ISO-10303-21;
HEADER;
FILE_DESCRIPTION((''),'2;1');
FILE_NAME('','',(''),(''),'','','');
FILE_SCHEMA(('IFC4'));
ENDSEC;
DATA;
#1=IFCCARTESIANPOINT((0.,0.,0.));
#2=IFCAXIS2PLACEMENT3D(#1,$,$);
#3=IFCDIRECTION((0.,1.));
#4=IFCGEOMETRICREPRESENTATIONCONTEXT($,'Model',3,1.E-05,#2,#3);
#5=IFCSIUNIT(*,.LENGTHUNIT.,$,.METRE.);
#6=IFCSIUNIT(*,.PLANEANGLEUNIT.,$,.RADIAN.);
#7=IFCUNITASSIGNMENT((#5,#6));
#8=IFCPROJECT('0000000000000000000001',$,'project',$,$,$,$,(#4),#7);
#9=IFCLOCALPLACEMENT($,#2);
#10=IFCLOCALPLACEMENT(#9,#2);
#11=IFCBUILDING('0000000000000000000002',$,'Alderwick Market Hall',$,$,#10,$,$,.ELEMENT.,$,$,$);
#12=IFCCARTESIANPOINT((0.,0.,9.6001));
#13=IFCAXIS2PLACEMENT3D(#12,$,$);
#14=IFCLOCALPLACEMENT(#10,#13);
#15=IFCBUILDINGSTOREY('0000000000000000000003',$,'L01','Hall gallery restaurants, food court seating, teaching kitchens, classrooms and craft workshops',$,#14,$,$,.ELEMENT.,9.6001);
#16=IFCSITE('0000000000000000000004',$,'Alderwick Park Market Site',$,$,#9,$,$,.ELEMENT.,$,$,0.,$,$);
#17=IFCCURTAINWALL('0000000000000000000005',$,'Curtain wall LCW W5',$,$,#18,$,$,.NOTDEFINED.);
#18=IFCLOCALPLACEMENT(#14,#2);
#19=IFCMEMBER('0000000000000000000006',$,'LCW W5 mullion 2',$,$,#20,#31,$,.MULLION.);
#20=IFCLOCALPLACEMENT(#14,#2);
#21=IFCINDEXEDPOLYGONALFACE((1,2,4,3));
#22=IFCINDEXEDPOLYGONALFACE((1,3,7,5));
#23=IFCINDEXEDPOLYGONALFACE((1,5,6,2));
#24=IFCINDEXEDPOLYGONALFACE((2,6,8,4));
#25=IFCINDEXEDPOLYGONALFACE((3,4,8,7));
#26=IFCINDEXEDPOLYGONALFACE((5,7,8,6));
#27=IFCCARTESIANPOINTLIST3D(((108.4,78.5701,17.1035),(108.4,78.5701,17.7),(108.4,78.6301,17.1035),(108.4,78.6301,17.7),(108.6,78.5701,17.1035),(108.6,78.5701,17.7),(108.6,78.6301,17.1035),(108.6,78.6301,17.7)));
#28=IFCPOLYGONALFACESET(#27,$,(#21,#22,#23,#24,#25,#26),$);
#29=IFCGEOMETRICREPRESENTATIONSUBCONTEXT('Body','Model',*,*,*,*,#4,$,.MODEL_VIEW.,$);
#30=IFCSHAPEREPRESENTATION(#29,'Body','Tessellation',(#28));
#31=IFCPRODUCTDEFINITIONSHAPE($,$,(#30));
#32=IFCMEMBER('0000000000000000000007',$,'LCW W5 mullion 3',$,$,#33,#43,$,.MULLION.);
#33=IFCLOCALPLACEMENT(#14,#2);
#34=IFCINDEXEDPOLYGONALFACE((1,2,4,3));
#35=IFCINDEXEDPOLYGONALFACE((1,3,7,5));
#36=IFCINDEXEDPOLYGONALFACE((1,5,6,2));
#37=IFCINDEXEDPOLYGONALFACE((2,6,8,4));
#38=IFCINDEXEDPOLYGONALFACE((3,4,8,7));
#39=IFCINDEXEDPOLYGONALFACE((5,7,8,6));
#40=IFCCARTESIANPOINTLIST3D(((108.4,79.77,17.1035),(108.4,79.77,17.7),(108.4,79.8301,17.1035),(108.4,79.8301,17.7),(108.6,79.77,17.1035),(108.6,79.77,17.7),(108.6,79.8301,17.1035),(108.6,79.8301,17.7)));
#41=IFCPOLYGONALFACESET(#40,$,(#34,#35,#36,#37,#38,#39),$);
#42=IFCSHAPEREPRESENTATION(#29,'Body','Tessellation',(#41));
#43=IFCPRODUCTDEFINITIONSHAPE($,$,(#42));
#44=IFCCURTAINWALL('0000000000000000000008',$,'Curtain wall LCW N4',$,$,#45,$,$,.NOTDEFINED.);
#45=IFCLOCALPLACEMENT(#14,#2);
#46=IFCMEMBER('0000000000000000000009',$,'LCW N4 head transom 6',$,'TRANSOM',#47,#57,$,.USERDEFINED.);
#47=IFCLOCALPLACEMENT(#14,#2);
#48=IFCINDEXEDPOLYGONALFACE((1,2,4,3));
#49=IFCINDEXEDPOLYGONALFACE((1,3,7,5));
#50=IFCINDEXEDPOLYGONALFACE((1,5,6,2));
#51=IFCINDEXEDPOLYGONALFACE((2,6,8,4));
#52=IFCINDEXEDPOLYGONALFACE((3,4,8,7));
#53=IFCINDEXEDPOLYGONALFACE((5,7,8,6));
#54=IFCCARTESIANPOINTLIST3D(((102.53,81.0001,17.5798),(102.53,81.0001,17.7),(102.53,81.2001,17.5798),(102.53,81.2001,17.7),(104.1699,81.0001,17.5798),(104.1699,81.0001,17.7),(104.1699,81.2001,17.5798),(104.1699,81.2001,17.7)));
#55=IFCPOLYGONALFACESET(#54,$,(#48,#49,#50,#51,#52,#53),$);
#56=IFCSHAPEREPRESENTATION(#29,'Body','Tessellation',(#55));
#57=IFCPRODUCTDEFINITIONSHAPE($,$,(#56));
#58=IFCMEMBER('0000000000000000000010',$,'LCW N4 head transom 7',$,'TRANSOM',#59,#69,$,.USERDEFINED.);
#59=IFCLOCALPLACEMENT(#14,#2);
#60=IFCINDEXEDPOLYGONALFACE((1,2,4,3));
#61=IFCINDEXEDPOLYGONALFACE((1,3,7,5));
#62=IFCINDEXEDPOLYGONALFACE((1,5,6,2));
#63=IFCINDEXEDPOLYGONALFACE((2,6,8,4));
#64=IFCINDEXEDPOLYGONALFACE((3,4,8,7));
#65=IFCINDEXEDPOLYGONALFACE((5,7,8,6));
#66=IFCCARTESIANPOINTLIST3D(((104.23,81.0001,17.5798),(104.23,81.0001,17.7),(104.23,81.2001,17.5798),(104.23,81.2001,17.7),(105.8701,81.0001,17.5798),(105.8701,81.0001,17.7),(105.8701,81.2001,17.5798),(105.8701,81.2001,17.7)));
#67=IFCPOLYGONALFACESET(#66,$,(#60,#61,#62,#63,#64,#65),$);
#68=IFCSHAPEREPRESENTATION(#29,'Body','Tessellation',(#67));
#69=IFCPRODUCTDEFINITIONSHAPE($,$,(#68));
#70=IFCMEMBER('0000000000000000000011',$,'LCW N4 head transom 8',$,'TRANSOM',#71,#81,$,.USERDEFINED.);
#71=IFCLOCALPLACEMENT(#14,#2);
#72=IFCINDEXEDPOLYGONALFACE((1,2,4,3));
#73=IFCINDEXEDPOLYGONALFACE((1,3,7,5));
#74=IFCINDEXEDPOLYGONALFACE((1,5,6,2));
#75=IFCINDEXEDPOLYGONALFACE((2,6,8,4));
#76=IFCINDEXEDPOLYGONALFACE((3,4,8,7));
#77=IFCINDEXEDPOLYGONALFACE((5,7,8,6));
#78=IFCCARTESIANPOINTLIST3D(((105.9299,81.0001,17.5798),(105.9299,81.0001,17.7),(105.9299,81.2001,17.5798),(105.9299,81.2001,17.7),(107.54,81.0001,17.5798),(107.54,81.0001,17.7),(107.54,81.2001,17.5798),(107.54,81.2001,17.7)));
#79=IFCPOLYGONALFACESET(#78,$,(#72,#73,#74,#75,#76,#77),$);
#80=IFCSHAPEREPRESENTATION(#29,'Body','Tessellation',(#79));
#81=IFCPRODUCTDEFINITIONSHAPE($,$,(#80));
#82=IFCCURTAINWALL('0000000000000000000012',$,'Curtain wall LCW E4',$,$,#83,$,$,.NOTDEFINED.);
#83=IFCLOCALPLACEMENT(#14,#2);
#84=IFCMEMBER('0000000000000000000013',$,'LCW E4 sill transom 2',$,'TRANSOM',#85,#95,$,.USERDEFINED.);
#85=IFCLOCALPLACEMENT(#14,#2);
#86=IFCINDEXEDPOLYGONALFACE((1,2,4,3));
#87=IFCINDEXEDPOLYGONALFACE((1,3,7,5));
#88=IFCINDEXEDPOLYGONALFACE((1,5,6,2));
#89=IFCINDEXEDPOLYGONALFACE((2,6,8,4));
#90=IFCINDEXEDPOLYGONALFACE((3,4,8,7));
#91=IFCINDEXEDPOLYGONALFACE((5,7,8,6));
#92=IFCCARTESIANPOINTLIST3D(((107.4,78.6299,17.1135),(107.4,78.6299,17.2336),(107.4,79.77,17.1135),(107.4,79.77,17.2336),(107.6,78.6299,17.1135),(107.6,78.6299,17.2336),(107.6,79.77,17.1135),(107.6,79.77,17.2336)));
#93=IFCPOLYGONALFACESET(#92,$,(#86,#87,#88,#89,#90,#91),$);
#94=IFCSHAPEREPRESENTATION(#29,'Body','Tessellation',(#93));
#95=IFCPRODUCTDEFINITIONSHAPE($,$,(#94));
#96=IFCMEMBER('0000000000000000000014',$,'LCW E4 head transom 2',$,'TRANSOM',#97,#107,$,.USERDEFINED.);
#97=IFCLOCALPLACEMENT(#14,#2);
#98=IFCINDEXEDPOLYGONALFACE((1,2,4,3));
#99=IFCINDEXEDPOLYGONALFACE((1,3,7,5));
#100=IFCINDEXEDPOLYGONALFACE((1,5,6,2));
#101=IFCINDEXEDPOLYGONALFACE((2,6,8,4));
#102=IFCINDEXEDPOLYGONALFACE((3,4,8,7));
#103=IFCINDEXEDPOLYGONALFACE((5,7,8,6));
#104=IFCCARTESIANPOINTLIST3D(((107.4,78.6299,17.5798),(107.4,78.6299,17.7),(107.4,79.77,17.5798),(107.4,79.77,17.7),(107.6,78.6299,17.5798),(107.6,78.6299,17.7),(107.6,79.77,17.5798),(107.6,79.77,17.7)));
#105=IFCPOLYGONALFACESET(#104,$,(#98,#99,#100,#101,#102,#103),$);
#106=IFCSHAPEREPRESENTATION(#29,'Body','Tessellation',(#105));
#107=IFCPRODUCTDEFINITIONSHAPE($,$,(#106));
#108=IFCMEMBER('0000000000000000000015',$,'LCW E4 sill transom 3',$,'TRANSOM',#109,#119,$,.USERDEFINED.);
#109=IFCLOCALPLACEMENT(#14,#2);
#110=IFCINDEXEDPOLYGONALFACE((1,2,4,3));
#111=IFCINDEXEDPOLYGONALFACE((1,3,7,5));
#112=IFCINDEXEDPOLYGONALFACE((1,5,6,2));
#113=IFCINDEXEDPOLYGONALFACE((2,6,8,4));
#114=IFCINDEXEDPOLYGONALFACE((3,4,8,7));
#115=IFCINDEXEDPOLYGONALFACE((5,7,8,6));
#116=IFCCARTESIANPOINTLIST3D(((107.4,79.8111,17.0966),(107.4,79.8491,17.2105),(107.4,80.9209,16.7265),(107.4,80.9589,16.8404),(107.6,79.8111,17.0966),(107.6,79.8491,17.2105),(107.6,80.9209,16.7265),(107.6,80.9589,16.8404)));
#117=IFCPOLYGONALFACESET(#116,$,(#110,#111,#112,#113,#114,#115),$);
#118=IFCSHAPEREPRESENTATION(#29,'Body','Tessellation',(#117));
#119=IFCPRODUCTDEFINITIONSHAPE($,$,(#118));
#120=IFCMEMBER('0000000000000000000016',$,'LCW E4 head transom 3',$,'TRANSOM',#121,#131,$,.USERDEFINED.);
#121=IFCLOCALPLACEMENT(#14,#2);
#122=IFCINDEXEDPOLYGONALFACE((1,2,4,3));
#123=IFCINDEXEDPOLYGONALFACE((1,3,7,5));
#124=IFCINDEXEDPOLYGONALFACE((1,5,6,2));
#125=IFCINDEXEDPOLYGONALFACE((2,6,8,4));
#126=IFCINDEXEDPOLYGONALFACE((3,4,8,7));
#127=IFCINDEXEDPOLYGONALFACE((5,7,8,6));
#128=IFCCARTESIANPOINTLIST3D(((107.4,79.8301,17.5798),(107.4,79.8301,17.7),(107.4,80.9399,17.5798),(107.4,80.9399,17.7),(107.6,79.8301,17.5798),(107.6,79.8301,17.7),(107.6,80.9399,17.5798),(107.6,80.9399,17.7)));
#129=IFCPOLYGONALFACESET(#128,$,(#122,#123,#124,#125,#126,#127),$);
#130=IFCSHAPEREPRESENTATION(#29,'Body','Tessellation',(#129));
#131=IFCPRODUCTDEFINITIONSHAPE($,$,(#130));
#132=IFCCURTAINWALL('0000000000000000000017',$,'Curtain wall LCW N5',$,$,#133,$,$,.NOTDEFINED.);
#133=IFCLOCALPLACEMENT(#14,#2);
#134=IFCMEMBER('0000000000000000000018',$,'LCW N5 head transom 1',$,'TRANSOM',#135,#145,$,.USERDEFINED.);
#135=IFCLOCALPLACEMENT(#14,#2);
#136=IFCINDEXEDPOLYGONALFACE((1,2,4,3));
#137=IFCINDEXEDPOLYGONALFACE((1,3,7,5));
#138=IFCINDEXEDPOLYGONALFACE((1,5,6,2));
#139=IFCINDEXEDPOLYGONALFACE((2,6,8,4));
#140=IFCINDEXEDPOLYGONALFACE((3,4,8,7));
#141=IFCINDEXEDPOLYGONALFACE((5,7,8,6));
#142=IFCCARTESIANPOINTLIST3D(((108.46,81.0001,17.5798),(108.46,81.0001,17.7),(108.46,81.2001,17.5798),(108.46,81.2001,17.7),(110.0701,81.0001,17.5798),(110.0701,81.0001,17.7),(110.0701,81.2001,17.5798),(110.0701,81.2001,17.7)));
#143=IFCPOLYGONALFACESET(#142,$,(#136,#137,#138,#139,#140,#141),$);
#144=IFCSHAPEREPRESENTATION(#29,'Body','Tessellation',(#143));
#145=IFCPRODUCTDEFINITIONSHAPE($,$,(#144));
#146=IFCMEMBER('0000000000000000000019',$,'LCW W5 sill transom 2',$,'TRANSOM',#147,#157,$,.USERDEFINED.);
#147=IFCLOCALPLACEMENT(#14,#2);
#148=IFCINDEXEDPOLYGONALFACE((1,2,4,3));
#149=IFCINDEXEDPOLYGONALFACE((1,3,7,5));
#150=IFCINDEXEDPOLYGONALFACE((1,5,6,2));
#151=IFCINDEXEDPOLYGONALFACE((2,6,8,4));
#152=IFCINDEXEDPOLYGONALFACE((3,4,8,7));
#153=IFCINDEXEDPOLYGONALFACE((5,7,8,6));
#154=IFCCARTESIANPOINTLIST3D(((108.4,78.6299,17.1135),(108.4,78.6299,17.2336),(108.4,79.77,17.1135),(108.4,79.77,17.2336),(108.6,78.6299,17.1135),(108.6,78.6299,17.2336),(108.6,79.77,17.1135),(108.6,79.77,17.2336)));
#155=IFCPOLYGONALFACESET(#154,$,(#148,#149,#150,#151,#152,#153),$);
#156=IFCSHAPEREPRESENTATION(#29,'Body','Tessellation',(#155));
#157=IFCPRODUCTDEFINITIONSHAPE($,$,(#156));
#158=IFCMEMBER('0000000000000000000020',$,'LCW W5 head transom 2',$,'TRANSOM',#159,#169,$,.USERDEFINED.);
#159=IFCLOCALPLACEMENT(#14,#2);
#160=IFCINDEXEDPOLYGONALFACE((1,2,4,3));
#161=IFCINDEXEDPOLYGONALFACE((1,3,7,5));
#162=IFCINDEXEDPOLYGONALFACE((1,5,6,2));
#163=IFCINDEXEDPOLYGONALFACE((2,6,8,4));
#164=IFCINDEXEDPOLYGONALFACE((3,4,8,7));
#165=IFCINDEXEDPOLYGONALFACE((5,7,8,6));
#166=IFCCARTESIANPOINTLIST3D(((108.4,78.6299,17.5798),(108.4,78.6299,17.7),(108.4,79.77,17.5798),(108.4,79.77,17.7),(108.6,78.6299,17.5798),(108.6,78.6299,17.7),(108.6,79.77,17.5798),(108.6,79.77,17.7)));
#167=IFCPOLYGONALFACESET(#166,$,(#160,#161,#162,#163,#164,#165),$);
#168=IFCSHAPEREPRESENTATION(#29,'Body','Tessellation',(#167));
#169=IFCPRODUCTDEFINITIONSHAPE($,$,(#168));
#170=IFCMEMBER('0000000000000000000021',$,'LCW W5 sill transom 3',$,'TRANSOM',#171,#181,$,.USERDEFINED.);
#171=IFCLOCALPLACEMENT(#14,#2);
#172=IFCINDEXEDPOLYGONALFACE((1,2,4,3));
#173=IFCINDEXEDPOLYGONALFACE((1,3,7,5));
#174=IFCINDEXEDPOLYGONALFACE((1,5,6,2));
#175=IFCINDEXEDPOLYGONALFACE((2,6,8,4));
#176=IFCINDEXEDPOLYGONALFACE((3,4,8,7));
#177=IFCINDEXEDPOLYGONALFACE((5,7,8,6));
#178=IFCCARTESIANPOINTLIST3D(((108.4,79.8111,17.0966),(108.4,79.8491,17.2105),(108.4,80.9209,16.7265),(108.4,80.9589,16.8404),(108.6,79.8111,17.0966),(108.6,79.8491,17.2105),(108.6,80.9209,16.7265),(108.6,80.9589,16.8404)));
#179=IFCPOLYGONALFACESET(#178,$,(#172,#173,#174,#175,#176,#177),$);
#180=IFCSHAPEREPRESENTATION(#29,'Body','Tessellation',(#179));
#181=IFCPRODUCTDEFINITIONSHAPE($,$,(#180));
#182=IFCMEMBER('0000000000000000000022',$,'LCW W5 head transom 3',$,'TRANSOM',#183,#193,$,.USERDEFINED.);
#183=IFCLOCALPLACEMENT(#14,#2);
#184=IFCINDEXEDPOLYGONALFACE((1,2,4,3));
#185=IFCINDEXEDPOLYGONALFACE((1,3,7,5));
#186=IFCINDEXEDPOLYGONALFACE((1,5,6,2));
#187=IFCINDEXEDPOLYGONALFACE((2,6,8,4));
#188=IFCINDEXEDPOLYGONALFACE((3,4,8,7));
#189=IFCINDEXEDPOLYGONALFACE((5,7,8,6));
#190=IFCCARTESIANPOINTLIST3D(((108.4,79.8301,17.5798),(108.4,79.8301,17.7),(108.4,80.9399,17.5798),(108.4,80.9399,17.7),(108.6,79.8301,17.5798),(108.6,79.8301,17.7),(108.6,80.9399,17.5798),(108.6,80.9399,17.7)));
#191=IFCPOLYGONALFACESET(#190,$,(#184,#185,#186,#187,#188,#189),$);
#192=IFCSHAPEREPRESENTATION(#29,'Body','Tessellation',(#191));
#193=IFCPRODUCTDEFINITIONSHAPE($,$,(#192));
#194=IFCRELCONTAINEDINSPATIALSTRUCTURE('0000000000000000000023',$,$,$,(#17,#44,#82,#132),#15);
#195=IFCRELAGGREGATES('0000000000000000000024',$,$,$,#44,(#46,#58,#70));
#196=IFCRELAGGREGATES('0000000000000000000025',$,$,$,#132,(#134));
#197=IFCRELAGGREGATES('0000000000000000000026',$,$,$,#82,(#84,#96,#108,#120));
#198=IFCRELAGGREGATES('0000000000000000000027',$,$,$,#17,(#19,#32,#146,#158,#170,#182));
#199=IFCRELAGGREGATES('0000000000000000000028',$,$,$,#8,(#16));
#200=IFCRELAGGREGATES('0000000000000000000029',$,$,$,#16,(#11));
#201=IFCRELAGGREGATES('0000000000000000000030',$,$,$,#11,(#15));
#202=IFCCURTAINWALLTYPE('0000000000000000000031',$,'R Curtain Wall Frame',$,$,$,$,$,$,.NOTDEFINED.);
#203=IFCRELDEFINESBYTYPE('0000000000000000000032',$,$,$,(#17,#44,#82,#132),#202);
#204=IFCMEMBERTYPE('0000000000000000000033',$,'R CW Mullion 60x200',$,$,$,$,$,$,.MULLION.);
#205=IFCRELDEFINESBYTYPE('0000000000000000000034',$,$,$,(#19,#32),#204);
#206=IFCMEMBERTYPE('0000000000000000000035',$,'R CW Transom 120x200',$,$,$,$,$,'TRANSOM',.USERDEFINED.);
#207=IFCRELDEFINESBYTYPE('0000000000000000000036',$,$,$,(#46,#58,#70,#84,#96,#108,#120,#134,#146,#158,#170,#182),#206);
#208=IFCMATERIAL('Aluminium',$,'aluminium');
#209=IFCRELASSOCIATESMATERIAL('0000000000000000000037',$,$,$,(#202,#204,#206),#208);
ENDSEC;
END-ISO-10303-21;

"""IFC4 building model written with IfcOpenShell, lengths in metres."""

from ifc_helpers import new_model, si_unit, direction, frame, origin, origin_2d, place, context, subcontext, project, spatial, rectangle, extrude, material, material_profile, profile_set, type_object, element, aggregate, save


model = new_model("IFC4")

# Units and contexts
model_context = context("Model", 3, precision=1e-05, world=origin(), true_north=direction((0.0, 1.0)))
body_context = subcontext(model_context, "Body", "Model", "MODEL_VIEW")
ifc_project = project(units=[si_unit("LENGTHUNIT", "METRE"), si_unit("PLANEANGLEUNIT", "RADIAN")], contexts=[model_context])

# Site, building, storey
site_placement = place(None, origin())
site = spatial("IfcSite", under=ifc_project, at=site_placement, Name="Alderwick Park Market Site", CompositionType="ELEMENT", RefElevation=0.0)
building_placement = place(site_placement, origin())
building = spatial("IfcBuilding", under=site, at=building_placement, Name="Alderwick Market Hall", CompositionType="ELEMENT")
storey_placement = place(building_placement, frame((0.0, 0.0, 9.6001)))
storey = spatial("IfcBuildingStorey", under=building, at=storey_placement, Name="L01", Description="Hall gallery restaurants, food court seating, teaching kitchens, classrooms and craft workshops", CompositionType="ELEMENT", Elevation=9.6001)

# Curtain walls, members
ifc_material_1 = material(Name="Aluminium", Category="aluminium")
curtain_wall_type = type_object("IfcCurtainWallType", Name="R Curtain Wall Frame", PredefinedType="NOTDEFINED", material=ifc_material_1)
curtain_wall_1_placement = place(storey_placement, origin())
curtain_wall_1 = element("IfcCurtainWall", 1, at=curtain_wall_1_placement, inside=storey, type_object=curtain_wall_type, Name="Curtain wall LCW W5", PredefinedType="NOTDEFINED")
ifc_material_profile_1 = material_profile(ifc_material_1, rectangle(XDim=0.2, YDim=0.0601, at=origin_2d()), Name="AL 60x200")
ifc_profile_set_1 = profile_set([ifc_material_profile_1], Name="Aluminium")
member_type_1 = type_object("IfcMemberType", Name="R CW Mullion 60x200", PredefinedType="MULLION", material=ifc_profile_set_1)
member_1_placement = place(storey_placement, frame((108.5, 78.6001, 17.1035), z_axis=(0.0, 0.0, 1.0), x_axis=(1.0, 0.0, 0.0)))
member_1 = element("IfcMember", 2, at=member_1_placement, type_object=member_type_1, Name="LCW W5 mullion 2", PredefinedType="MULLION", context=body_context, shape_type="SweptSolid", body=[
    extrude(rectangle(XDim=0.2, YDim=0.0601, at=origin_2d()), origin(), (0.0, 0.0, 1.0), 0.5964),
])
member_2_placement = place(storey_placement, frame((108.5, 79.8, 17.1035), z_axis=(0.0, 0.0, 1.0), x_axis=(1.0, 0.0, 0.0)))
member_2 = element("IfcMember", 3, at=member_2_placement, type_object=member_type_1, Name="LCW W5 mullion 3", PredefinedType="MULLION", context=body_context, shape_type="SweptSolid", body=[
    extrude(rectangle(XDim=0.2, YDim=0.0601, at=origin_2d()), origin(), (0.0, 0.0, 1.0), 0.5964),
])
curtain_wall_2_placement = place(storey_placement, origin())
curtain_wall_2 = element("IfcCurtainWall", 4, at=curtain_wall_2_placement, inside=storey, type_object=curtain_wall_type, Name="Curtain wall LCW N4", PredefinedType="NOTDEFINED")
ifc_material_profile_2 = material_profile(ifc_material_1, rectangle(XDim=0.2, YDim=0.1201, at=origin_2d()), Name="AL 120x200")
ifc_profile_set_2 = profile_set([ifc_material_profile_2], Name="Aluminium")
member_type_2 = type_object("IfcMemberType", Name="R CW Transom 120x200", ElementType="TRANSOM", PredefinedType="USERDEFINED", material=ifc_profile_set_2)
member_3_placement = place(storey_placement, frame((102.53, 81.1001, 17.6399), z_axis=(1.0, 0.0, 0.0), x_axis=(0.0, 1.0, 0.0)))
member_3 = element("IfcMember", 5, at=member_3_placement, type_object=member_type_2, Name="LCW N4 head transom 6", ObjectType="TRANSOM", PredefinedType="USERDEFINED", context=body_context, shape_type="SweptSolid", body=[
    extrude(rectangle(XDim=0.2, YDim=0.1201, at=origin_2d()), origin(), (0.0, 0.0, 1.0), 1.6399),
])
member_4_placement = place(storey_placement, frame((104.23, 81.1001, 17.6399), z_axis=(1.0, 0.0, 0.0), x_axis=(0.0, 1.0, 0.0)))
member_4 = element("IfcMember", 6, at=member_4_placement, type_object=member_type_2, Name="LCW N4 head transom 7", ObjectType="TRANSOM", PredefinedType="USERDEFINED", context=body_context, shape_type="SweptSolid", body=[
    extrude(rectangle(XDim=0.2, YDim=0.1201, at=origin_2d()), origin(), (0.0, 0.0, 1.0), 1.6401),
])
member_5_placement = place(storey_placement, frame((105.9299, 81.1001, 17.6399), z_axis=(1.0, 0.0, 0.0), x_axis=(0.0, 1.0, 0.0)))
member_5 = element("IfcMember", 7, at=member_5_placement, type_object=member_type_2, Name="LCW N4 head transom 8", ObjectType="TRANSOM", PredefinedType="USERDEFINED", context=body_context, shape_type="SweptSolid", body=[
    extrude(rectangle(XDim=0.2, YDim=0.1201, at=origin_2d()), origin(), (0.0, 0.0, 1.0), 1.6101),
])
aggregate(curtain_wall_2, [member_3, member_4, member_5])
curtain_wall_3_placement = place(storey_placement, origin())
curtain_wall_3 = element("IfcCurtainWall", 8, at=curtain_wall_3_placement, inside=storey, type_object=curtain_wall_type, Name="Curtain wall LCW E4", PredefinedType="NOTDEFINED")
member_6_placement = place(storey_placement, frame((107.5, 78.6299, 17.1736), z_axis=(0.0, 1.0, 0.0), x_axis=(-1.0, 0.0, 0.0)))
member_6 = element("IfcMember", 9, at=member_6_placement, type_object=member_type_2, Name="LCW E4 sill transom 2", ObjectType="TRANSOM", PredefinedType="USERDEFINED", context=body_context, shape_type="SweptSolid", body=[
    extrude(rectangle(XDim=0.2, YDim=0.1201, at=origin_2d()), origin(), (0.0, 0.0, 1.0), 1.1401),
])
member_7_placement = place(storey_placement, frame((107.5, 78.6299, 17.6399), z_axis=(0.0, 1.0, 0.0), x_axis=(-1.0, 0.0, 0.0)))
member_7 = element("IfcMember", 10, at=member_7_placement, type_object=member_type_2, Name="LCW E4 head transom 2", ObjectType="TRANSOM", PredefinedType="USERDEFINED", context=body_context, shape_type="SweptSolid", body=[
    extrude(rectangle(XDim=0.2, YDim=0.1201, at=origin_2d()), origin(), (0.0, 0.0, 1.0), 1.1401),
])
member_8_placement = place(storey_placement, frame((107.5, 79.8301, 17.1536), z_axis=(0.0, 0.948642, -0.316353), x_axis=(-1.0, 0.0, 0.0)))
member_8 = element("IfcMember", 11, at=member_8_placement, type_object=member_type_2, Name="LCW E4 sill transom 3", ObjectType="TRANSOM", PredefinedType="USERDEFINED", context=body_context, shape_type="SweptSolid", body=[
    extrude(rectangle(XDim=0.2, YDim=0.1201, at=origin_2d()), origin(), (0.0, 0.0, 1.0), 1.1699),
])
member_9_placement = place(storey_placement, frame((107.5, 79.8301, 17.6399), z_axis=(0.0, 1.0, 0.0), x_axis=(-1.0, 0.0, 0.0)))
member_9 = element("IfcMember", 12, at=member_9_placement, type_object=member_type_2, Name="LCW E4 head transom 3", ObjectType="TRANSOM", PredefinedType="USERDEFINED", context=body_context, shape_type="SweptSolid", body=[
    extrude(rectangle(XDim=0.2, YDim=0.1201, at=origin_2d()), origin(), (0.0, 0.0, 1.0), 1.1099),
])

# Curtain wall, member
curtain_wall_4_placement = place(storey_placement, origin())
curtain_wall_4 = element("IfcCurtainWall", 13, at=curtain_wall_4_placement, inside=storey, type_object=curtain_wall_type, Name="Curtain wall LCW N5", PredefinedType="NOTDEFINED")
member_10_placement = place(storey_placement, frame((108.46, 81.1001, 17.6399), z_axis=(1.0, 0.0, 0.0), x_axis=(0.0, 1.0, 0.0)))
member_10 = element("IfcMember", 14, at=member_10_placement, type_object=member_type_2, Name="LCW N5 head transom 1", ObjectType="TRANSOM", PredefinedType="USERDEFINED", context=body_context, shape_type="SweptSolid", body=[
    extrude(rectangle(XDim=0.2, YDim=0.1201, at=origin_2d()), origin(), (0.0, 0.0, 1.0), 1.6101),
])
aggregate(curtain_wall_4, [member_10])

# Members
member_11_placement = place(storey_placement, frame((108.5, 78.6299, 17.1736), z_axis=(0.0, 1.0, 0.0), x_axis=(-1.0, 0.0, 0.0)))
member_11 = element("IfcMember", 15, at=member_11_placement, type_object=member_type_2, Name="LCW W5 sill transom 2", ObjectType="TRANSOM", PredefinedType="USERDEFINED", context=body_context, shape_type="SweptSolid", body=[
    extrude(rectangle(XDim=0.2, YDim=0.1201, at=origin_2d()), origin(), (0.0, 0.0, 1.0), 1.1401),
])
member_12_placement = place(storey_placement, frame((108.5, 78.6299, 17.6399), z_axis=(0.0, 1.0, 0.0), x_axis=(-1.0, 0.0, 0.0)))
member_12 = element("IfcMember", 16, at=member_12_placement, type_object=member_type_2, Name="LCW W5 head transom 2", ObjectType="TRANSOM", PredefinedType="USERDEFINED", context=body_context, shape_type="SweptSolid", body=[
    extrude(rectangle(XDim=0.2, YDim=0.1201, at=origin_2d()), origin(), (0.0, 0.0, 1.0), 1.1401),
])
member_13_placement = place(storey_placement, frame((108.5, 79.8301, 17.1536), z_axis=(0.0, 0.948642, -0.316353), x_axis=(-1.0, 0.0, 0.0)))
member_13 = element("IfcMember", 17, at=member_13_placement, type_object=member_type_2, Name="LCW W5 sill transom 3", ObjectType="TRANSOM", PredefinedType="USERDEFINED", context=body_context, shape_type="SweptSolid", body=[
    extrude(rectangle(XDim=0.2, YDim=0.1201, at=origin_2d()), origin(), (0.0, 0.0, 1.0), 1.1699),
])
member_14_placement = place(storey_placement, frame((108.5, 79.8301, 17.6399), z_axis=(0.0, 1.0, 0.0), x_axis=(-1.0, 0.0, 0.0)))
member_14 = element("IfcMember", 18, at=member_14_placement, type_object=member_type_2, Name="LCW W5 head transom 3", ObjectType="TRANSOM", PredefinedType="USERDEFINED", context=body_context, shape_type="SweptSolid", body=[
    extrude(rectangle(XDim=0.2, YDim=0.1201, at=origin_2d()), origin(), (0.0, 0.0, 1.0), 1.1099),
])

aggregate(curtain_wall_3, [member_6, member_7, member_8, member_9])
aggregate(curtain_wall_1, [member_1, member_2, member_11, member_12, member_13, member_14])

save(model, "model.ifc")
